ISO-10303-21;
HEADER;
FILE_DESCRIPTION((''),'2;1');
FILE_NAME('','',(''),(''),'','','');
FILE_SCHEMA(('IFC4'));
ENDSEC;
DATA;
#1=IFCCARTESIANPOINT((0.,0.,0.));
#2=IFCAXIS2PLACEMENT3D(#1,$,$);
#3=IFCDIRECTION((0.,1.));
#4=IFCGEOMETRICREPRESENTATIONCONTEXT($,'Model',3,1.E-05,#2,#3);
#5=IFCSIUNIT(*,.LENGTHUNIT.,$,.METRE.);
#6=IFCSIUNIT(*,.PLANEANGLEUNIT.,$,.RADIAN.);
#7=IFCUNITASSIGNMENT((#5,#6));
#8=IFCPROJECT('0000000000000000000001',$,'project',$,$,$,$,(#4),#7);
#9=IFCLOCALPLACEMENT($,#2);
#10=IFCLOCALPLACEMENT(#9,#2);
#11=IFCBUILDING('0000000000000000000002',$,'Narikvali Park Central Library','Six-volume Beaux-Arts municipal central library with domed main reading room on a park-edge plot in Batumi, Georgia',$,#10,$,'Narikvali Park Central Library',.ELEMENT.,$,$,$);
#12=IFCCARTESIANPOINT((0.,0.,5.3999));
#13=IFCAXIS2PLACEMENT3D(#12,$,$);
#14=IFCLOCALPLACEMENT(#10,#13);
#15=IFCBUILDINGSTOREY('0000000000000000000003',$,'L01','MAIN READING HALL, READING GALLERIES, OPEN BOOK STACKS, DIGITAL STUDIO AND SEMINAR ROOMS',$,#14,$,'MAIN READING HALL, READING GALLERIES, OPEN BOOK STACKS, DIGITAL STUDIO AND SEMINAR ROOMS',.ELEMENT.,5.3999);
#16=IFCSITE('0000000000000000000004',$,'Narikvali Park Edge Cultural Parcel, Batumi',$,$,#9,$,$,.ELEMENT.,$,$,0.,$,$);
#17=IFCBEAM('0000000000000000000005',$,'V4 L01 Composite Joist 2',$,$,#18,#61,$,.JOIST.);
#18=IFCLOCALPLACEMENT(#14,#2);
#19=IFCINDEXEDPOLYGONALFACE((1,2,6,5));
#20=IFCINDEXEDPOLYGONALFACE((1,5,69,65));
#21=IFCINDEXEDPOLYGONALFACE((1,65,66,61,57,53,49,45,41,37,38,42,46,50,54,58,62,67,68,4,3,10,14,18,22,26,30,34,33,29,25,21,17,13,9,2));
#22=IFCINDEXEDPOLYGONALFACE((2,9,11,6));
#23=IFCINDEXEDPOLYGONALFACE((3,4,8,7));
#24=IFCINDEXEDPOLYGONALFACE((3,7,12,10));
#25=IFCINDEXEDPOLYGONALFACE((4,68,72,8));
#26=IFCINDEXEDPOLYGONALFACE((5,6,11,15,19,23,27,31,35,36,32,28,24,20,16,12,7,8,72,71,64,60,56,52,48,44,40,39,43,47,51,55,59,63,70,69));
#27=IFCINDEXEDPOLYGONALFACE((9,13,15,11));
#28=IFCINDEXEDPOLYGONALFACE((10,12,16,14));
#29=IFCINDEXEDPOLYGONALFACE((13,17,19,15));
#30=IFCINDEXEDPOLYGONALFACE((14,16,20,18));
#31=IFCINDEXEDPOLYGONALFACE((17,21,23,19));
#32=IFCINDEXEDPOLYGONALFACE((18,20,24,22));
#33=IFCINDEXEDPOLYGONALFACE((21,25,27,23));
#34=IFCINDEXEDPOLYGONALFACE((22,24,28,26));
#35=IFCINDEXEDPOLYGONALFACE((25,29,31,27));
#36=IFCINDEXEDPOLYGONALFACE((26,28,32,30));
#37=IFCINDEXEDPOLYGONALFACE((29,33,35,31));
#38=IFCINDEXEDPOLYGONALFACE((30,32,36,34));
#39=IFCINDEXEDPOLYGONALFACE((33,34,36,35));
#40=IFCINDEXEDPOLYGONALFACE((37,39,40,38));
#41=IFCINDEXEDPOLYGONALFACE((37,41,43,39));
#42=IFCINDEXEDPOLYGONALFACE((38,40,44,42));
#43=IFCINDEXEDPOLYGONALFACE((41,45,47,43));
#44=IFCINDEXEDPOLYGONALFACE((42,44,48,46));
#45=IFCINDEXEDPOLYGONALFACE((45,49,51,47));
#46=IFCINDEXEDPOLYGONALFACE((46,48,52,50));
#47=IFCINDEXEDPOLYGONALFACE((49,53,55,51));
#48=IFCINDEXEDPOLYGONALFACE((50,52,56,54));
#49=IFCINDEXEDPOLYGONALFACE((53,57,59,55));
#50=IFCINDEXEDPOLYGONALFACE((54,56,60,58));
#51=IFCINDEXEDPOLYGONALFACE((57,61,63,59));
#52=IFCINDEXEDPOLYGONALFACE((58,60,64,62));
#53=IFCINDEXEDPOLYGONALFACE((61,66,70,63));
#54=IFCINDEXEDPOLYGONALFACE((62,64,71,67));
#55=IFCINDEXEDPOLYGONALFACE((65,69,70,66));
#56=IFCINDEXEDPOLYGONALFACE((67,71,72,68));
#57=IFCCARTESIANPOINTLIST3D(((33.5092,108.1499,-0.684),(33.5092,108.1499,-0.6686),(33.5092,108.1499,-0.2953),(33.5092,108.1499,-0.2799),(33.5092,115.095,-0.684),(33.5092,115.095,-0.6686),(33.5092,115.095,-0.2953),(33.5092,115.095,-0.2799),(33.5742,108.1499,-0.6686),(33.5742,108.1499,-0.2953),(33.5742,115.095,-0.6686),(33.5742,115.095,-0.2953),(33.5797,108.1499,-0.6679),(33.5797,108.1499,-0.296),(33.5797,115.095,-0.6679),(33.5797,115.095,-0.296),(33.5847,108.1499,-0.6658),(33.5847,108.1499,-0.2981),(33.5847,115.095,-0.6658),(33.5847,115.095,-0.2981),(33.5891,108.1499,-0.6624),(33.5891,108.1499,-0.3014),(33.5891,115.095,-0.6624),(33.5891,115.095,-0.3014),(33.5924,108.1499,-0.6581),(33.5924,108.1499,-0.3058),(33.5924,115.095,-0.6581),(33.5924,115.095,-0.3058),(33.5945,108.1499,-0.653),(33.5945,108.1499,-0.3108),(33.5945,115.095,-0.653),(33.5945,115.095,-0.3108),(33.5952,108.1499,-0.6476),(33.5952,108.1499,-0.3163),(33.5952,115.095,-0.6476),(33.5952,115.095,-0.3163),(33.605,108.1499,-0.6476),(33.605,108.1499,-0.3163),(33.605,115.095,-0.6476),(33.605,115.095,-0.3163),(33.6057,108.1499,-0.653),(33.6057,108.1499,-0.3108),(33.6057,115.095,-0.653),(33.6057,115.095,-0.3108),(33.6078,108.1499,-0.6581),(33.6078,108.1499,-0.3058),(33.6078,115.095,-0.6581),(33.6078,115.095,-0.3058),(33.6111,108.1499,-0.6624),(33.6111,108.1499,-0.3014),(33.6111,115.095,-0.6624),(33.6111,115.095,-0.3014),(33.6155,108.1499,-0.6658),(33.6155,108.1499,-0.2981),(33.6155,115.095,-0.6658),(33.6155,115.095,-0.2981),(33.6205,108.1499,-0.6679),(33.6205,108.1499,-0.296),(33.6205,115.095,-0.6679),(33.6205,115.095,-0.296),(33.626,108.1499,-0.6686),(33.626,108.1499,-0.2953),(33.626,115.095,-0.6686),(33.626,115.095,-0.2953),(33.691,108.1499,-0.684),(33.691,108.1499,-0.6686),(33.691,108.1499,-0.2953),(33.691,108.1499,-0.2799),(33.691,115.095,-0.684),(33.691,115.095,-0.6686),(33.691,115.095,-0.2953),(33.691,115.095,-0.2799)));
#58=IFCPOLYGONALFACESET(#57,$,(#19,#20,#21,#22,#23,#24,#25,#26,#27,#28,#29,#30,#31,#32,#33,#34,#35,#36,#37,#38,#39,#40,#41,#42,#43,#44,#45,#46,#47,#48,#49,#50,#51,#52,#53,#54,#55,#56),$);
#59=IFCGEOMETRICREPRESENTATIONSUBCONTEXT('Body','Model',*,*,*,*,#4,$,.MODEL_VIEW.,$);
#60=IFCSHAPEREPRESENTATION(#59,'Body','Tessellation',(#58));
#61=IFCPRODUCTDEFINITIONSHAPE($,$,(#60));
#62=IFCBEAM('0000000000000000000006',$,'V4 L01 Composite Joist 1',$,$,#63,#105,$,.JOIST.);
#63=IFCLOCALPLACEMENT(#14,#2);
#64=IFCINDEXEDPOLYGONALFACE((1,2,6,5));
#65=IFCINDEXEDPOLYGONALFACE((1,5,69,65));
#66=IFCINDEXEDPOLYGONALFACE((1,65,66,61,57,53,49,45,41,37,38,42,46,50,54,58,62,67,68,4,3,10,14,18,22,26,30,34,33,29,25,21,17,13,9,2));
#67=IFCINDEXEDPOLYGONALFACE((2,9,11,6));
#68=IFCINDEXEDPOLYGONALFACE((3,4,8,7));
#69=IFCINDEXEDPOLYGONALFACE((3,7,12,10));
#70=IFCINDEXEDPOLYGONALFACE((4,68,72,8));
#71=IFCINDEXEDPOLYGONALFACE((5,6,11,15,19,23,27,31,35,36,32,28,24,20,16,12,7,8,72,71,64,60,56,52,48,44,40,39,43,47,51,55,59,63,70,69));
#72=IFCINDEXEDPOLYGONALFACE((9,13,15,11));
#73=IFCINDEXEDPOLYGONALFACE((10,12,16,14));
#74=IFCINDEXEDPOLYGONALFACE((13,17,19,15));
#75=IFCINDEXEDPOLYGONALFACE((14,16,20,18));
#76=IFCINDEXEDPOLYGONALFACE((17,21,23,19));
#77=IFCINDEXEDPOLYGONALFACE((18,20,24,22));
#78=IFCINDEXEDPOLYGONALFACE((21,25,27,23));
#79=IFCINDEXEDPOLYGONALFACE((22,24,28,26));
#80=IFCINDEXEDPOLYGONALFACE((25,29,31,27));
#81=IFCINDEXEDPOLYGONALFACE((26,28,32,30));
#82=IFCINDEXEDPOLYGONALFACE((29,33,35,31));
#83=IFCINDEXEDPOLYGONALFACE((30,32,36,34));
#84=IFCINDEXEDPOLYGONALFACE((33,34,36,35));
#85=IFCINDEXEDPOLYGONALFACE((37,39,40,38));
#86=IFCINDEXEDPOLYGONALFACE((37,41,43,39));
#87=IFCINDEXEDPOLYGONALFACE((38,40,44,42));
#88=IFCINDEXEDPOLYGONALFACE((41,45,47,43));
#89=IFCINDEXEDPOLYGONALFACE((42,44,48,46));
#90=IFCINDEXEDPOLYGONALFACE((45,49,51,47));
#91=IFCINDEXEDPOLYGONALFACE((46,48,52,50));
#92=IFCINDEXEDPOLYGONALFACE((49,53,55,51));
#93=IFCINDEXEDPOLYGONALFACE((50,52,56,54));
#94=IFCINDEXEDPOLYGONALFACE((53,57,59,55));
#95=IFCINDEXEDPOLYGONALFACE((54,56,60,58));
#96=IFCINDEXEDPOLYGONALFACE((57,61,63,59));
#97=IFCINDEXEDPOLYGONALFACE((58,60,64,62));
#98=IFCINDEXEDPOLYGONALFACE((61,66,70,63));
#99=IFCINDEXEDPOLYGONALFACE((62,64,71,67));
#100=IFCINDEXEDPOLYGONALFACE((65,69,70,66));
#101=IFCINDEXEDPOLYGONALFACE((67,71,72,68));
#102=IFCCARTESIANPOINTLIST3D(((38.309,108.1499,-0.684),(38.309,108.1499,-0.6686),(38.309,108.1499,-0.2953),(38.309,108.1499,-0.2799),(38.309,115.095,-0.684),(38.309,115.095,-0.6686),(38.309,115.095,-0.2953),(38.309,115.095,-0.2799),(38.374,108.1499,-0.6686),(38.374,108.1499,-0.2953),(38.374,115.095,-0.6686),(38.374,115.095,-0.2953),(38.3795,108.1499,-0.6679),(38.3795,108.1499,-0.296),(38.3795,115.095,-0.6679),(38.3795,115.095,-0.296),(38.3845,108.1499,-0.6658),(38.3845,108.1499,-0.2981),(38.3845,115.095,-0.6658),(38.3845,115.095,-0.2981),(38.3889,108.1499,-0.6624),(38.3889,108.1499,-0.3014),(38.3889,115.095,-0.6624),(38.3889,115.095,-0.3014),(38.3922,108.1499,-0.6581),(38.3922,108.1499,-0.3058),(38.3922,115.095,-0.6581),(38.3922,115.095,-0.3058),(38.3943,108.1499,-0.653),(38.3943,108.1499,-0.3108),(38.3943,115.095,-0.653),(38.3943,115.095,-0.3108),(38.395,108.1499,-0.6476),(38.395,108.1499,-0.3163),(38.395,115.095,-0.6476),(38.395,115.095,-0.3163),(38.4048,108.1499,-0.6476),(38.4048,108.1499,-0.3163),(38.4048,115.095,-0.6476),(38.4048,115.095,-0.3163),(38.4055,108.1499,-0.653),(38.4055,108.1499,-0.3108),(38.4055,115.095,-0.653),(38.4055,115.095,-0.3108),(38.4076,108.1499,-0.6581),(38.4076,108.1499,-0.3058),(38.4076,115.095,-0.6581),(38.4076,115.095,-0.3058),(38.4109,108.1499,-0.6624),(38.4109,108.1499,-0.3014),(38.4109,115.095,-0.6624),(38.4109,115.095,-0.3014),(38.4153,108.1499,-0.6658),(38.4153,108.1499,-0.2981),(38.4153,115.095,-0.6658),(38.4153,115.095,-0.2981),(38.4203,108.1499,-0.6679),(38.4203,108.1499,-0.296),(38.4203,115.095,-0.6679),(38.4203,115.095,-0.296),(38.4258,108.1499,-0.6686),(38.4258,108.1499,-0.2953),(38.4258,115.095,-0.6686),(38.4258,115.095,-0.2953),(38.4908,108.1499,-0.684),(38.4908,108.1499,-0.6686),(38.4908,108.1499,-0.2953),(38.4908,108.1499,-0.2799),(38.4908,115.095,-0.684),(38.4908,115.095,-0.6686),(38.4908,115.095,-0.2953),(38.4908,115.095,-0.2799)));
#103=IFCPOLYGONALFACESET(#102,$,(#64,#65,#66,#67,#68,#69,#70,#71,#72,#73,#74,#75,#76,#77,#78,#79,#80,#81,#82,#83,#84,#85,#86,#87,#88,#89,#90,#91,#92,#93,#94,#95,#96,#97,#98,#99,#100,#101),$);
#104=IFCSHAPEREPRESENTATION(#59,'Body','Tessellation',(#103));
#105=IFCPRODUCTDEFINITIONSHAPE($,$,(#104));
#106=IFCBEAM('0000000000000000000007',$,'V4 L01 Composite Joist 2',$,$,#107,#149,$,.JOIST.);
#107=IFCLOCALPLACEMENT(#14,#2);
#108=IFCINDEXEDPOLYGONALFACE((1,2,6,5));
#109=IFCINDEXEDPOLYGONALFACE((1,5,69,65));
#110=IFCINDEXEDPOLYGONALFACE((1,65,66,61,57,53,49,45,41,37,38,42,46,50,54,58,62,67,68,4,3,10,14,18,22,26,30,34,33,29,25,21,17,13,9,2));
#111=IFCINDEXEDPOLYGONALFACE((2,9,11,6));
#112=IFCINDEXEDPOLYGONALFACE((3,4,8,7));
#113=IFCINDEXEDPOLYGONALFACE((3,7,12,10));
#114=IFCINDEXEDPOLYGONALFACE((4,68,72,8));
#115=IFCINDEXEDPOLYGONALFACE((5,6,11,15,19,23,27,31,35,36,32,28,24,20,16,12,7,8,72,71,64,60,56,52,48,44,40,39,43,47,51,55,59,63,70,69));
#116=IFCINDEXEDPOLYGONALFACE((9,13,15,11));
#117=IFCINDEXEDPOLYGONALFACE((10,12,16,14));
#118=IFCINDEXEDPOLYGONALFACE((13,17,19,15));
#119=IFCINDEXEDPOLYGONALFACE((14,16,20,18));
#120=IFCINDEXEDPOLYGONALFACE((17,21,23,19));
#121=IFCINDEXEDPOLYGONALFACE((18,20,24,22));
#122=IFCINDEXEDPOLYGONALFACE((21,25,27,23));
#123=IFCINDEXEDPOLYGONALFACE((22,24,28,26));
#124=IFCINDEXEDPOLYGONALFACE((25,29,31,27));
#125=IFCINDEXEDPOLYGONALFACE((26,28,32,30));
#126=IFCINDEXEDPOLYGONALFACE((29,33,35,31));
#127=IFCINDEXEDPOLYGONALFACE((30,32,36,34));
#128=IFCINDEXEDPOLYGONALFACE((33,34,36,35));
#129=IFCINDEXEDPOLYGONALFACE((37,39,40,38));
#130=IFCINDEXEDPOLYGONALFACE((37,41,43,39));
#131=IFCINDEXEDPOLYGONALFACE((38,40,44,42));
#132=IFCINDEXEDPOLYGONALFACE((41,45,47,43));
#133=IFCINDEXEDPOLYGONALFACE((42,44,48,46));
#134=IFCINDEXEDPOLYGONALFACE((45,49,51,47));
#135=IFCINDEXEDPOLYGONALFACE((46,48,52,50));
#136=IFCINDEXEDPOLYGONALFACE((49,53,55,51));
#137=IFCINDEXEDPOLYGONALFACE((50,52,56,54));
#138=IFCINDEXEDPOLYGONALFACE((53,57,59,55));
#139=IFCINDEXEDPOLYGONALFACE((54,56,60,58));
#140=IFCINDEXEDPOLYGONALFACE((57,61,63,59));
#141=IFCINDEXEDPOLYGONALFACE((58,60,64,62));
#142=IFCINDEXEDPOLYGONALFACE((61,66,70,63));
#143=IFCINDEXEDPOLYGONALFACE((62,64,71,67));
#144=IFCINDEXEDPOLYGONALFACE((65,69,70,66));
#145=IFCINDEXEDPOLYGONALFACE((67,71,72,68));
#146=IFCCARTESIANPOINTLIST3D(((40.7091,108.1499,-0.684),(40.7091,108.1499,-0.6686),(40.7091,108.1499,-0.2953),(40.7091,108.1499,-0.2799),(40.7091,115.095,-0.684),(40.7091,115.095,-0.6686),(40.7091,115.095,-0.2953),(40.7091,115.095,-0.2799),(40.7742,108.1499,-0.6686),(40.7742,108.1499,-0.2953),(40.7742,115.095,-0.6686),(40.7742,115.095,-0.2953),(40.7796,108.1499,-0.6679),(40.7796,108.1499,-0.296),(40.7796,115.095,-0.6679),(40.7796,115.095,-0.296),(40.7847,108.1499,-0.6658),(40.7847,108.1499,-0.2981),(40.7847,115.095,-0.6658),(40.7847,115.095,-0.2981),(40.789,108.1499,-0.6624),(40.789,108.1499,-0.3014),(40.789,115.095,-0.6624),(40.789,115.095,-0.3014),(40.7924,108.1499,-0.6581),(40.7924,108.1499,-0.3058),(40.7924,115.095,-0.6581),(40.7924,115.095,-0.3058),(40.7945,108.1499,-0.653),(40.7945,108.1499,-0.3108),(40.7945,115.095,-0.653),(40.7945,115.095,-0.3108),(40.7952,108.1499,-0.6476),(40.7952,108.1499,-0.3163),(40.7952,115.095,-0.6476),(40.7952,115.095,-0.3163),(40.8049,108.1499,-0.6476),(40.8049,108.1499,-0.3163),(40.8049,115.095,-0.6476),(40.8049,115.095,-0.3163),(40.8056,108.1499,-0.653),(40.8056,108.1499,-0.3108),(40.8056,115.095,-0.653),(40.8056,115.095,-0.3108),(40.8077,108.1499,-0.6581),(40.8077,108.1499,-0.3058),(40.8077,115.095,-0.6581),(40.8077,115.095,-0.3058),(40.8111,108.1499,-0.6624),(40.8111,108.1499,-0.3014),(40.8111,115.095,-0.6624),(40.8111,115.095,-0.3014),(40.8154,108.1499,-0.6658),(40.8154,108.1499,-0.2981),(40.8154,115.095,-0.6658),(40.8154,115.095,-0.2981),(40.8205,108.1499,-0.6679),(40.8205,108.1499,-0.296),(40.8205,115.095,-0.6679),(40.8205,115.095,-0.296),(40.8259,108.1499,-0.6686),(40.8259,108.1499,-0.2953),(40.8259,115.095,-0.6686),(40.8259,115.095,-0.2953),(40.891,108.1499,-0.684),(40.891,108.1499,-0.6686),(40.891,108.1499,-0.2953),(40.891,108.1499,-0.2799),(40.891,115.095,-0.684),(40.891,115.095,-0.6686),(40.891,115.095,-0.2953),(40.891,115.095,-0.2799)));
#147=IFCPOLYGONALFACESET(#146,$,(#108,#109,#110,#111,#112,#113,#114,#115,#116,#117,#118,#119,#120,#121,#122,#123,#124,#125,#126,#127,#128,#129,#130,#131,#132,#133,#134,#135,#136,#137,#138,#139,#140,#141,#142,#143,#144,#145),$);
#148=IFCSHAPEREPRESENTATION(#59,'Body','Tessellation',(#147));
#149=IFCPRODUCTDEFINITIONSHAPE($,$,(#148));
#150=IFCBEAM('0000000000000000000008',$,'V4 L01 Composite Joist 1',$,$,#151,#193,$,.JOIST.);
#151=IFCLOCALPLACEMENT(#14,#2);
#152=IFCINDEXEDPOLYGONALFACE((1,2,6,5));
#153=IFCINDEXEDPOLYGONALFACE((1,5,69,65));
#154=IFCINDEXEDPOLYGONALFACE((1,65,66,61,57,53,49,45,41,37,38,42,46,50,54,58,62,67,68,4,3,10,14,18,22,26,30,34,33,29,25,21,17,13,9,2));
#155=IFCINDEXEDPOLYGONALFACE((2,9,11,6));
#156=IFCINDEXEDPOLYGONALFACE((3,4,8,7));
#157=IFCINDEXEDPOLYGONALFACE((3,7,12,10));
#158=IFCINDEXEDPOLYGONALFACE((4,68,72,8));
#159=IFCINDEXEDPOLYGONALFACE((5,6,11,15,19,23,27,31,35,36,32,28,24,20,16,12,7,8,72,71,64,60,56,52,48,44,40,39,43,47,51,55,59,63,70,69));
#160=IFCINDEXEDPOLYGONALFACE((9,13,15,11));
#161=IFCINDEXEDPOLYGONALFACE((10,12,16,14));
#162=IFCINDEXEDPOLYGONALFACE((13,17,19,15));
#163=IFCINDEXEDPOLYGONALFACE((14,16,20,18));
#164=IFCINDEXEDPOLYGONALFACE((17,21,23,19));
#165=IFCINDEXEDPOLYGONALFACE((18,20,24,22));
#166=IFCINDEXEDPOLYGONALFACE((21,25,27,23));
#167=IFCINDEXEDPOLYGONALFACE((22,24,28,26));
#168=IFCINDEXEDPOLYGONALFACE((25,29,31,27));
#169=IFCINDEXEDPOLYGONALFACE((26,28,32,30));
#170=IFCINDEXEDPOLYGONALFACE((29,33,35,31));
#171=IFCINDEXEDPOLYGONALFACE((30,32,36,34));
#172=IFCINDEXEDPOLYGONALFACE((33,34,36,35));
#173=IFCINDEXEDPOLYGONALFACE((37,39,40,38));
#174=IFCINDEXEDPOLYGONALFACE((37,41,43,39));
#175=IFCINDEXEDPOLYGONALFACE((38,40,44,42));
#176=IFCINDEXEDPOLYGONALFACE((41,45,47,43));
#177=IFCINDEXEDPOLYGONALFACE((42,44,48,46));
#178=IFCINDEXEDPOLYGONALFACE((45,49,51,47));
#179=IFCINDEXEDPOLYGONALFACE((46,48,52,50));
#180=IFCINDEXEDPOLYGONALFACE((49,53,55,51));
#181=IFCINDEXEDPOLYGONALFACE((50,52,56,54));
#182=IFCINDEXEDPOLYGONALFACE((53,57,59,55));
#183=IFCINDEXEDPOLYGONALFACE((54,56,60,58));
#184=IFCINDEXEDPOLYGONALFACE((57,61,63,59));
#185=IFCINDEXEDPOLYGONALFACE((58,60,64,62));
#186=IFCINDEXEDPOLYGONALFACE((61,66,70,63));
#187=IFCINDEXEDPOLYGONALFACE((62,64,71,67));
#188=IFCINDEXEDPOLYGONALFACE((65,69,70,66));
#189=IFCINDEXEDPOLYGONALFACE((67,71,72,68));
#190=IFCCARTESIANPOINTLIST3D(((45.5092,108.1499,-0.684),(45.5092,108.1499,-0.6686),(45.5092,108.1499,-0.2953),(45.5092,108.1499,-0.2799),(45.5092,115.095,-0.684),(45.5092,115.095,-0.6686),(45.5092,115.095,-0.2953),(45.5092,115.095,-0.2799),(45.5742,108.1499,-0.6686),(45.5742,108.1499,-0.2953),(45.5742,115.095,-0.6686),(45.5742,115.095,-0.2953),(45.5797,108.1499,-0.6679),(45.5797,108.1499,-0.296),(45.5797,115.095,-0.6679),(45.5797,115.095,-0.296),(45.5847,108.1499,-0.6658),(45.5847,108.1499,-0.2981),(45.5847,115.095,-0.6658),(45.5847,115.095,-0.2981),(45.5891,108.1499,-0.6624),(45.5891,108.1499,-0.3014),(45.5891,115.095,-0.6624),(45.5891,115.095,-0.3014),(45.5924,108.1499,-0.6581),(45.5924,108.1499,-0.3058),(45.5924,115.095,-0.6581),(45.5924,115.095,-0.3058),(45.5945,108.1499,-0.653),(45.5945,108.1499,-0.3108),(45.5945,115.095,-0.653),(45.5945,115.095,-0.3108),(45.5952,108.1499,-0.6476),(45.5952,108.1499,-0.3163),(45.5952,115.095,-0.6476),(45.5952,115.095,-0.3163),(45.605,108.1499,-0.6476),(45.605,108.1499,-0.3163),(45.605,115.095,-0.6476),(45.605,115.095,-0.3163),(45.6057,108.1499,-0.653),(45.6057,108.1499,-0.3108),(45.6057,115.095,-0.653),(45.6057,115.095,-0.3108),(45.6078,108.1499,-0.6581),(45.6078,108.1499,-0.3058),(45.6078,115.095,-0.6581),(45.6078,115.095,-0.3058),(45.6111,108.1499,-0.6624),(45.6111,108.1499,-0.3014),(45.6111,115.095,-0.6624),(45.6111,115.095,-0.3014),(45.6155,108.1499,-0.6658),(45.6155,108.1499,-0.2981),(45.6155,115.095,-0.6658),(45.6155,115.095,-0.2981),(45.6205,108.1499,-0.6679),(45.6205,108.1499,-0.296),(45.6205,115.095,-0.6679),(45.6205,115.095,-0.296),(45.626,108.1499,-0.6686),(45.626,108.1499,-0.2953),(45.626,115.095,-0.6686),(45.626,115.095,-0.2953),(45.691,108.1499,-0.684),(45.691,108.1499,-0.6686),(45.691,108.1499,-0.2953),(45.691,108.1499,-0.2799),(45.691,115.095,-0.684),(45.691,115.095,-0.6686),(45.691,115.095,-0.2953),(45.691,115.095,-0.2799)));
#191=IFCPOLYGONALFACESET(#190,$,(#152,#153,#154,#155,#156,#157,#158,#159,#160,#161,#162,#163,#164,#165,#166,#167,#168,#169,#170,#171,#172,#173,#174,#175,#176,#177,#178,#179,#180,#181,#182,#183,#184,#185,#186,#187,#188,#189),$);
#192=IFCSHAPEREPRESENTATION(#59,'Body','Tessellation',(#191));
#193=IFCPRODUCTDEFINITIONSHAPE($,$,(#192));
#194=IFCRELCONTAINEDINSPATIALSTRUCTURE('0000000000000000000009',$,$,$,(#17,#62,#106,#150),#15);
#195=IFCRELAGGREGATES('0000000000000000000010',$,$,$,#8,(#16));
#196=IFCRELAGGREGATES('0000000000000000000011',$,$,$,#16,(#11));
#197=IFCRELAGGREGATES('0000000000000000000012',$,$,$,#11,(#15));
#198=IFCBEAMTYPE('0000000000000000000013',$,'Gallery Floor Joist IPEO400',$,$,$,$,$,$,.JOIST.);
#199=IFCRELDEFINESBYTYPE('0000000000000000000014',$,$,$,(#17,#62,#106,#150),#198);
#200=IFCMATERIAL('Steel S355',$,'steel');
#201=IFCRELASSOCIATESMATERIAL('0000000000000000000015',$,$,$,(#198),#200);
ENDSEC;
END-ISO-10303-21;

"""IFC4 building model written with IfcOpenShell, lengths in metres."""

from ifc_helpers import new_model, si_unit, direction, frame, origin, origin_2d, place, context, subcontext, project, spatial, i_section, extrude, material, material_profile, profile_set, type_object, element, save


model = new_model("IFC4")

# Units and contexts
model_context = context("Model", 3, precision=1e-05, world=origin(), true_north=direction((0.0, 1.0)))
body_context = subcontext(model_context, "Body", "Model", "MODEL_VIEW")
ifc_project = project(units=[si_unit("LENGTHUNIT", "METRE"), si_unit("PLANEANGLEUNIT", "RADIAN")], contexts=[model_context])

# Site, building, storey
site_placement = place(None, origin())
site = spatial("IfcSite", under=ifc_project, at=site_placement, Name="Narikvali Park Edge Cultural Parcel, Batumi", CompositionType="ELEMENT", RefElevation=0.0)
building_placement = place(site_placement, origin())
building = spatial("IfcBuilding", under=site, at=building_placement, Name="Narikvali Park Central Library", Description="Six-volume Beaux-Arts municipal central library with domed main reading room on a park-edge plot in Batumi, Georgia", LongName="Narikvali Park Central Library", CompositionType="ELEMENT")
storey_placement = place(building_placement, frame((0.0, 0.0, 5.3999)))
storey = spatial("IfcBuildingStorey", under=building, at=storey_placement, Name="L01", Description="MAIN READING HALL, READING GALLERIES, OPEN BOOK STACKS, DIGITAL STUDIO AND SEMINAR ROOMS", LongName="MAIN READING HALL, READING GALLERIES, OPEN BOOK STACKS, DIGITAL STUDIO AND SEMINAR ROOMS", CompositionType="ELEMENT", Elevation=5.3999)

# Shared definitions
ifc_material_1 = material(Name="Steel S355", Category="steel")

# Beams
ifc_material_profile_1 = material_profile(ifc_material_1, i_section(OverallWidth=0.1819, OverallDepth=0.4041, WebThickness=0.0098, FlangeThickness=0.0154, FilletRadius=0.021, at=origin_2d()), Name="IPEO 400")
ifc_profile_set_1 = profile_set([ifc_material_profile_1], Name="Steel S355")
beam_type_1 = type_object("IfcBeamType", Name="Gallery Floor Joist IPEO400", PredefinedType="JOIST", material=ifc_profile_set_1)
for number, where, z_axis, x_axis, name in (
    (1, (33.6001, 108.1499, -0.4819), (0.0, 1.0, 0.0), (-1.0, 0.0, 0.0), "V4 L01 Composite Joist 2"),
    (2, (38.3999, 108.1499, -0.4819), (0.0, 1.0, 0.0), (-1.0, 0.0, 0.0), "V4 L01 Composite Joist 1"),
    (3, (40.8, 108.1499, -0.4819), (0.0, 1.0, 0.0), (-1.0, 0.0, 0.0), "V4 L01 Composite Joist 2"),
    (4, (45.6001, 108.1499, -0.4819), (0.0, 1.0, 0.0), (-1.0, 0.0, 0.0), "V4 L01 Composite Joist 1"),
):
    element("IfcBeam", number, at=place(storey_placement, frame(where, z_axis=z_axis, x_axis=x_axis)), inside=storey, type_object=beam_type_1, Name=name, PredefinedType="JOIST", context=body_context, shape_type="SweptSolid", body=[
        extrude(i_section(OverallWidth=0.1819, OverallDepth=0.4041, WebThickness=0.0098, FlangeThickness=0.0154, FilletRadius=0.021, at=origin_2d()), origin(), (0.0, 0.0, 1.0), 6.9451),
    ])

save(model, "model.ifc")
